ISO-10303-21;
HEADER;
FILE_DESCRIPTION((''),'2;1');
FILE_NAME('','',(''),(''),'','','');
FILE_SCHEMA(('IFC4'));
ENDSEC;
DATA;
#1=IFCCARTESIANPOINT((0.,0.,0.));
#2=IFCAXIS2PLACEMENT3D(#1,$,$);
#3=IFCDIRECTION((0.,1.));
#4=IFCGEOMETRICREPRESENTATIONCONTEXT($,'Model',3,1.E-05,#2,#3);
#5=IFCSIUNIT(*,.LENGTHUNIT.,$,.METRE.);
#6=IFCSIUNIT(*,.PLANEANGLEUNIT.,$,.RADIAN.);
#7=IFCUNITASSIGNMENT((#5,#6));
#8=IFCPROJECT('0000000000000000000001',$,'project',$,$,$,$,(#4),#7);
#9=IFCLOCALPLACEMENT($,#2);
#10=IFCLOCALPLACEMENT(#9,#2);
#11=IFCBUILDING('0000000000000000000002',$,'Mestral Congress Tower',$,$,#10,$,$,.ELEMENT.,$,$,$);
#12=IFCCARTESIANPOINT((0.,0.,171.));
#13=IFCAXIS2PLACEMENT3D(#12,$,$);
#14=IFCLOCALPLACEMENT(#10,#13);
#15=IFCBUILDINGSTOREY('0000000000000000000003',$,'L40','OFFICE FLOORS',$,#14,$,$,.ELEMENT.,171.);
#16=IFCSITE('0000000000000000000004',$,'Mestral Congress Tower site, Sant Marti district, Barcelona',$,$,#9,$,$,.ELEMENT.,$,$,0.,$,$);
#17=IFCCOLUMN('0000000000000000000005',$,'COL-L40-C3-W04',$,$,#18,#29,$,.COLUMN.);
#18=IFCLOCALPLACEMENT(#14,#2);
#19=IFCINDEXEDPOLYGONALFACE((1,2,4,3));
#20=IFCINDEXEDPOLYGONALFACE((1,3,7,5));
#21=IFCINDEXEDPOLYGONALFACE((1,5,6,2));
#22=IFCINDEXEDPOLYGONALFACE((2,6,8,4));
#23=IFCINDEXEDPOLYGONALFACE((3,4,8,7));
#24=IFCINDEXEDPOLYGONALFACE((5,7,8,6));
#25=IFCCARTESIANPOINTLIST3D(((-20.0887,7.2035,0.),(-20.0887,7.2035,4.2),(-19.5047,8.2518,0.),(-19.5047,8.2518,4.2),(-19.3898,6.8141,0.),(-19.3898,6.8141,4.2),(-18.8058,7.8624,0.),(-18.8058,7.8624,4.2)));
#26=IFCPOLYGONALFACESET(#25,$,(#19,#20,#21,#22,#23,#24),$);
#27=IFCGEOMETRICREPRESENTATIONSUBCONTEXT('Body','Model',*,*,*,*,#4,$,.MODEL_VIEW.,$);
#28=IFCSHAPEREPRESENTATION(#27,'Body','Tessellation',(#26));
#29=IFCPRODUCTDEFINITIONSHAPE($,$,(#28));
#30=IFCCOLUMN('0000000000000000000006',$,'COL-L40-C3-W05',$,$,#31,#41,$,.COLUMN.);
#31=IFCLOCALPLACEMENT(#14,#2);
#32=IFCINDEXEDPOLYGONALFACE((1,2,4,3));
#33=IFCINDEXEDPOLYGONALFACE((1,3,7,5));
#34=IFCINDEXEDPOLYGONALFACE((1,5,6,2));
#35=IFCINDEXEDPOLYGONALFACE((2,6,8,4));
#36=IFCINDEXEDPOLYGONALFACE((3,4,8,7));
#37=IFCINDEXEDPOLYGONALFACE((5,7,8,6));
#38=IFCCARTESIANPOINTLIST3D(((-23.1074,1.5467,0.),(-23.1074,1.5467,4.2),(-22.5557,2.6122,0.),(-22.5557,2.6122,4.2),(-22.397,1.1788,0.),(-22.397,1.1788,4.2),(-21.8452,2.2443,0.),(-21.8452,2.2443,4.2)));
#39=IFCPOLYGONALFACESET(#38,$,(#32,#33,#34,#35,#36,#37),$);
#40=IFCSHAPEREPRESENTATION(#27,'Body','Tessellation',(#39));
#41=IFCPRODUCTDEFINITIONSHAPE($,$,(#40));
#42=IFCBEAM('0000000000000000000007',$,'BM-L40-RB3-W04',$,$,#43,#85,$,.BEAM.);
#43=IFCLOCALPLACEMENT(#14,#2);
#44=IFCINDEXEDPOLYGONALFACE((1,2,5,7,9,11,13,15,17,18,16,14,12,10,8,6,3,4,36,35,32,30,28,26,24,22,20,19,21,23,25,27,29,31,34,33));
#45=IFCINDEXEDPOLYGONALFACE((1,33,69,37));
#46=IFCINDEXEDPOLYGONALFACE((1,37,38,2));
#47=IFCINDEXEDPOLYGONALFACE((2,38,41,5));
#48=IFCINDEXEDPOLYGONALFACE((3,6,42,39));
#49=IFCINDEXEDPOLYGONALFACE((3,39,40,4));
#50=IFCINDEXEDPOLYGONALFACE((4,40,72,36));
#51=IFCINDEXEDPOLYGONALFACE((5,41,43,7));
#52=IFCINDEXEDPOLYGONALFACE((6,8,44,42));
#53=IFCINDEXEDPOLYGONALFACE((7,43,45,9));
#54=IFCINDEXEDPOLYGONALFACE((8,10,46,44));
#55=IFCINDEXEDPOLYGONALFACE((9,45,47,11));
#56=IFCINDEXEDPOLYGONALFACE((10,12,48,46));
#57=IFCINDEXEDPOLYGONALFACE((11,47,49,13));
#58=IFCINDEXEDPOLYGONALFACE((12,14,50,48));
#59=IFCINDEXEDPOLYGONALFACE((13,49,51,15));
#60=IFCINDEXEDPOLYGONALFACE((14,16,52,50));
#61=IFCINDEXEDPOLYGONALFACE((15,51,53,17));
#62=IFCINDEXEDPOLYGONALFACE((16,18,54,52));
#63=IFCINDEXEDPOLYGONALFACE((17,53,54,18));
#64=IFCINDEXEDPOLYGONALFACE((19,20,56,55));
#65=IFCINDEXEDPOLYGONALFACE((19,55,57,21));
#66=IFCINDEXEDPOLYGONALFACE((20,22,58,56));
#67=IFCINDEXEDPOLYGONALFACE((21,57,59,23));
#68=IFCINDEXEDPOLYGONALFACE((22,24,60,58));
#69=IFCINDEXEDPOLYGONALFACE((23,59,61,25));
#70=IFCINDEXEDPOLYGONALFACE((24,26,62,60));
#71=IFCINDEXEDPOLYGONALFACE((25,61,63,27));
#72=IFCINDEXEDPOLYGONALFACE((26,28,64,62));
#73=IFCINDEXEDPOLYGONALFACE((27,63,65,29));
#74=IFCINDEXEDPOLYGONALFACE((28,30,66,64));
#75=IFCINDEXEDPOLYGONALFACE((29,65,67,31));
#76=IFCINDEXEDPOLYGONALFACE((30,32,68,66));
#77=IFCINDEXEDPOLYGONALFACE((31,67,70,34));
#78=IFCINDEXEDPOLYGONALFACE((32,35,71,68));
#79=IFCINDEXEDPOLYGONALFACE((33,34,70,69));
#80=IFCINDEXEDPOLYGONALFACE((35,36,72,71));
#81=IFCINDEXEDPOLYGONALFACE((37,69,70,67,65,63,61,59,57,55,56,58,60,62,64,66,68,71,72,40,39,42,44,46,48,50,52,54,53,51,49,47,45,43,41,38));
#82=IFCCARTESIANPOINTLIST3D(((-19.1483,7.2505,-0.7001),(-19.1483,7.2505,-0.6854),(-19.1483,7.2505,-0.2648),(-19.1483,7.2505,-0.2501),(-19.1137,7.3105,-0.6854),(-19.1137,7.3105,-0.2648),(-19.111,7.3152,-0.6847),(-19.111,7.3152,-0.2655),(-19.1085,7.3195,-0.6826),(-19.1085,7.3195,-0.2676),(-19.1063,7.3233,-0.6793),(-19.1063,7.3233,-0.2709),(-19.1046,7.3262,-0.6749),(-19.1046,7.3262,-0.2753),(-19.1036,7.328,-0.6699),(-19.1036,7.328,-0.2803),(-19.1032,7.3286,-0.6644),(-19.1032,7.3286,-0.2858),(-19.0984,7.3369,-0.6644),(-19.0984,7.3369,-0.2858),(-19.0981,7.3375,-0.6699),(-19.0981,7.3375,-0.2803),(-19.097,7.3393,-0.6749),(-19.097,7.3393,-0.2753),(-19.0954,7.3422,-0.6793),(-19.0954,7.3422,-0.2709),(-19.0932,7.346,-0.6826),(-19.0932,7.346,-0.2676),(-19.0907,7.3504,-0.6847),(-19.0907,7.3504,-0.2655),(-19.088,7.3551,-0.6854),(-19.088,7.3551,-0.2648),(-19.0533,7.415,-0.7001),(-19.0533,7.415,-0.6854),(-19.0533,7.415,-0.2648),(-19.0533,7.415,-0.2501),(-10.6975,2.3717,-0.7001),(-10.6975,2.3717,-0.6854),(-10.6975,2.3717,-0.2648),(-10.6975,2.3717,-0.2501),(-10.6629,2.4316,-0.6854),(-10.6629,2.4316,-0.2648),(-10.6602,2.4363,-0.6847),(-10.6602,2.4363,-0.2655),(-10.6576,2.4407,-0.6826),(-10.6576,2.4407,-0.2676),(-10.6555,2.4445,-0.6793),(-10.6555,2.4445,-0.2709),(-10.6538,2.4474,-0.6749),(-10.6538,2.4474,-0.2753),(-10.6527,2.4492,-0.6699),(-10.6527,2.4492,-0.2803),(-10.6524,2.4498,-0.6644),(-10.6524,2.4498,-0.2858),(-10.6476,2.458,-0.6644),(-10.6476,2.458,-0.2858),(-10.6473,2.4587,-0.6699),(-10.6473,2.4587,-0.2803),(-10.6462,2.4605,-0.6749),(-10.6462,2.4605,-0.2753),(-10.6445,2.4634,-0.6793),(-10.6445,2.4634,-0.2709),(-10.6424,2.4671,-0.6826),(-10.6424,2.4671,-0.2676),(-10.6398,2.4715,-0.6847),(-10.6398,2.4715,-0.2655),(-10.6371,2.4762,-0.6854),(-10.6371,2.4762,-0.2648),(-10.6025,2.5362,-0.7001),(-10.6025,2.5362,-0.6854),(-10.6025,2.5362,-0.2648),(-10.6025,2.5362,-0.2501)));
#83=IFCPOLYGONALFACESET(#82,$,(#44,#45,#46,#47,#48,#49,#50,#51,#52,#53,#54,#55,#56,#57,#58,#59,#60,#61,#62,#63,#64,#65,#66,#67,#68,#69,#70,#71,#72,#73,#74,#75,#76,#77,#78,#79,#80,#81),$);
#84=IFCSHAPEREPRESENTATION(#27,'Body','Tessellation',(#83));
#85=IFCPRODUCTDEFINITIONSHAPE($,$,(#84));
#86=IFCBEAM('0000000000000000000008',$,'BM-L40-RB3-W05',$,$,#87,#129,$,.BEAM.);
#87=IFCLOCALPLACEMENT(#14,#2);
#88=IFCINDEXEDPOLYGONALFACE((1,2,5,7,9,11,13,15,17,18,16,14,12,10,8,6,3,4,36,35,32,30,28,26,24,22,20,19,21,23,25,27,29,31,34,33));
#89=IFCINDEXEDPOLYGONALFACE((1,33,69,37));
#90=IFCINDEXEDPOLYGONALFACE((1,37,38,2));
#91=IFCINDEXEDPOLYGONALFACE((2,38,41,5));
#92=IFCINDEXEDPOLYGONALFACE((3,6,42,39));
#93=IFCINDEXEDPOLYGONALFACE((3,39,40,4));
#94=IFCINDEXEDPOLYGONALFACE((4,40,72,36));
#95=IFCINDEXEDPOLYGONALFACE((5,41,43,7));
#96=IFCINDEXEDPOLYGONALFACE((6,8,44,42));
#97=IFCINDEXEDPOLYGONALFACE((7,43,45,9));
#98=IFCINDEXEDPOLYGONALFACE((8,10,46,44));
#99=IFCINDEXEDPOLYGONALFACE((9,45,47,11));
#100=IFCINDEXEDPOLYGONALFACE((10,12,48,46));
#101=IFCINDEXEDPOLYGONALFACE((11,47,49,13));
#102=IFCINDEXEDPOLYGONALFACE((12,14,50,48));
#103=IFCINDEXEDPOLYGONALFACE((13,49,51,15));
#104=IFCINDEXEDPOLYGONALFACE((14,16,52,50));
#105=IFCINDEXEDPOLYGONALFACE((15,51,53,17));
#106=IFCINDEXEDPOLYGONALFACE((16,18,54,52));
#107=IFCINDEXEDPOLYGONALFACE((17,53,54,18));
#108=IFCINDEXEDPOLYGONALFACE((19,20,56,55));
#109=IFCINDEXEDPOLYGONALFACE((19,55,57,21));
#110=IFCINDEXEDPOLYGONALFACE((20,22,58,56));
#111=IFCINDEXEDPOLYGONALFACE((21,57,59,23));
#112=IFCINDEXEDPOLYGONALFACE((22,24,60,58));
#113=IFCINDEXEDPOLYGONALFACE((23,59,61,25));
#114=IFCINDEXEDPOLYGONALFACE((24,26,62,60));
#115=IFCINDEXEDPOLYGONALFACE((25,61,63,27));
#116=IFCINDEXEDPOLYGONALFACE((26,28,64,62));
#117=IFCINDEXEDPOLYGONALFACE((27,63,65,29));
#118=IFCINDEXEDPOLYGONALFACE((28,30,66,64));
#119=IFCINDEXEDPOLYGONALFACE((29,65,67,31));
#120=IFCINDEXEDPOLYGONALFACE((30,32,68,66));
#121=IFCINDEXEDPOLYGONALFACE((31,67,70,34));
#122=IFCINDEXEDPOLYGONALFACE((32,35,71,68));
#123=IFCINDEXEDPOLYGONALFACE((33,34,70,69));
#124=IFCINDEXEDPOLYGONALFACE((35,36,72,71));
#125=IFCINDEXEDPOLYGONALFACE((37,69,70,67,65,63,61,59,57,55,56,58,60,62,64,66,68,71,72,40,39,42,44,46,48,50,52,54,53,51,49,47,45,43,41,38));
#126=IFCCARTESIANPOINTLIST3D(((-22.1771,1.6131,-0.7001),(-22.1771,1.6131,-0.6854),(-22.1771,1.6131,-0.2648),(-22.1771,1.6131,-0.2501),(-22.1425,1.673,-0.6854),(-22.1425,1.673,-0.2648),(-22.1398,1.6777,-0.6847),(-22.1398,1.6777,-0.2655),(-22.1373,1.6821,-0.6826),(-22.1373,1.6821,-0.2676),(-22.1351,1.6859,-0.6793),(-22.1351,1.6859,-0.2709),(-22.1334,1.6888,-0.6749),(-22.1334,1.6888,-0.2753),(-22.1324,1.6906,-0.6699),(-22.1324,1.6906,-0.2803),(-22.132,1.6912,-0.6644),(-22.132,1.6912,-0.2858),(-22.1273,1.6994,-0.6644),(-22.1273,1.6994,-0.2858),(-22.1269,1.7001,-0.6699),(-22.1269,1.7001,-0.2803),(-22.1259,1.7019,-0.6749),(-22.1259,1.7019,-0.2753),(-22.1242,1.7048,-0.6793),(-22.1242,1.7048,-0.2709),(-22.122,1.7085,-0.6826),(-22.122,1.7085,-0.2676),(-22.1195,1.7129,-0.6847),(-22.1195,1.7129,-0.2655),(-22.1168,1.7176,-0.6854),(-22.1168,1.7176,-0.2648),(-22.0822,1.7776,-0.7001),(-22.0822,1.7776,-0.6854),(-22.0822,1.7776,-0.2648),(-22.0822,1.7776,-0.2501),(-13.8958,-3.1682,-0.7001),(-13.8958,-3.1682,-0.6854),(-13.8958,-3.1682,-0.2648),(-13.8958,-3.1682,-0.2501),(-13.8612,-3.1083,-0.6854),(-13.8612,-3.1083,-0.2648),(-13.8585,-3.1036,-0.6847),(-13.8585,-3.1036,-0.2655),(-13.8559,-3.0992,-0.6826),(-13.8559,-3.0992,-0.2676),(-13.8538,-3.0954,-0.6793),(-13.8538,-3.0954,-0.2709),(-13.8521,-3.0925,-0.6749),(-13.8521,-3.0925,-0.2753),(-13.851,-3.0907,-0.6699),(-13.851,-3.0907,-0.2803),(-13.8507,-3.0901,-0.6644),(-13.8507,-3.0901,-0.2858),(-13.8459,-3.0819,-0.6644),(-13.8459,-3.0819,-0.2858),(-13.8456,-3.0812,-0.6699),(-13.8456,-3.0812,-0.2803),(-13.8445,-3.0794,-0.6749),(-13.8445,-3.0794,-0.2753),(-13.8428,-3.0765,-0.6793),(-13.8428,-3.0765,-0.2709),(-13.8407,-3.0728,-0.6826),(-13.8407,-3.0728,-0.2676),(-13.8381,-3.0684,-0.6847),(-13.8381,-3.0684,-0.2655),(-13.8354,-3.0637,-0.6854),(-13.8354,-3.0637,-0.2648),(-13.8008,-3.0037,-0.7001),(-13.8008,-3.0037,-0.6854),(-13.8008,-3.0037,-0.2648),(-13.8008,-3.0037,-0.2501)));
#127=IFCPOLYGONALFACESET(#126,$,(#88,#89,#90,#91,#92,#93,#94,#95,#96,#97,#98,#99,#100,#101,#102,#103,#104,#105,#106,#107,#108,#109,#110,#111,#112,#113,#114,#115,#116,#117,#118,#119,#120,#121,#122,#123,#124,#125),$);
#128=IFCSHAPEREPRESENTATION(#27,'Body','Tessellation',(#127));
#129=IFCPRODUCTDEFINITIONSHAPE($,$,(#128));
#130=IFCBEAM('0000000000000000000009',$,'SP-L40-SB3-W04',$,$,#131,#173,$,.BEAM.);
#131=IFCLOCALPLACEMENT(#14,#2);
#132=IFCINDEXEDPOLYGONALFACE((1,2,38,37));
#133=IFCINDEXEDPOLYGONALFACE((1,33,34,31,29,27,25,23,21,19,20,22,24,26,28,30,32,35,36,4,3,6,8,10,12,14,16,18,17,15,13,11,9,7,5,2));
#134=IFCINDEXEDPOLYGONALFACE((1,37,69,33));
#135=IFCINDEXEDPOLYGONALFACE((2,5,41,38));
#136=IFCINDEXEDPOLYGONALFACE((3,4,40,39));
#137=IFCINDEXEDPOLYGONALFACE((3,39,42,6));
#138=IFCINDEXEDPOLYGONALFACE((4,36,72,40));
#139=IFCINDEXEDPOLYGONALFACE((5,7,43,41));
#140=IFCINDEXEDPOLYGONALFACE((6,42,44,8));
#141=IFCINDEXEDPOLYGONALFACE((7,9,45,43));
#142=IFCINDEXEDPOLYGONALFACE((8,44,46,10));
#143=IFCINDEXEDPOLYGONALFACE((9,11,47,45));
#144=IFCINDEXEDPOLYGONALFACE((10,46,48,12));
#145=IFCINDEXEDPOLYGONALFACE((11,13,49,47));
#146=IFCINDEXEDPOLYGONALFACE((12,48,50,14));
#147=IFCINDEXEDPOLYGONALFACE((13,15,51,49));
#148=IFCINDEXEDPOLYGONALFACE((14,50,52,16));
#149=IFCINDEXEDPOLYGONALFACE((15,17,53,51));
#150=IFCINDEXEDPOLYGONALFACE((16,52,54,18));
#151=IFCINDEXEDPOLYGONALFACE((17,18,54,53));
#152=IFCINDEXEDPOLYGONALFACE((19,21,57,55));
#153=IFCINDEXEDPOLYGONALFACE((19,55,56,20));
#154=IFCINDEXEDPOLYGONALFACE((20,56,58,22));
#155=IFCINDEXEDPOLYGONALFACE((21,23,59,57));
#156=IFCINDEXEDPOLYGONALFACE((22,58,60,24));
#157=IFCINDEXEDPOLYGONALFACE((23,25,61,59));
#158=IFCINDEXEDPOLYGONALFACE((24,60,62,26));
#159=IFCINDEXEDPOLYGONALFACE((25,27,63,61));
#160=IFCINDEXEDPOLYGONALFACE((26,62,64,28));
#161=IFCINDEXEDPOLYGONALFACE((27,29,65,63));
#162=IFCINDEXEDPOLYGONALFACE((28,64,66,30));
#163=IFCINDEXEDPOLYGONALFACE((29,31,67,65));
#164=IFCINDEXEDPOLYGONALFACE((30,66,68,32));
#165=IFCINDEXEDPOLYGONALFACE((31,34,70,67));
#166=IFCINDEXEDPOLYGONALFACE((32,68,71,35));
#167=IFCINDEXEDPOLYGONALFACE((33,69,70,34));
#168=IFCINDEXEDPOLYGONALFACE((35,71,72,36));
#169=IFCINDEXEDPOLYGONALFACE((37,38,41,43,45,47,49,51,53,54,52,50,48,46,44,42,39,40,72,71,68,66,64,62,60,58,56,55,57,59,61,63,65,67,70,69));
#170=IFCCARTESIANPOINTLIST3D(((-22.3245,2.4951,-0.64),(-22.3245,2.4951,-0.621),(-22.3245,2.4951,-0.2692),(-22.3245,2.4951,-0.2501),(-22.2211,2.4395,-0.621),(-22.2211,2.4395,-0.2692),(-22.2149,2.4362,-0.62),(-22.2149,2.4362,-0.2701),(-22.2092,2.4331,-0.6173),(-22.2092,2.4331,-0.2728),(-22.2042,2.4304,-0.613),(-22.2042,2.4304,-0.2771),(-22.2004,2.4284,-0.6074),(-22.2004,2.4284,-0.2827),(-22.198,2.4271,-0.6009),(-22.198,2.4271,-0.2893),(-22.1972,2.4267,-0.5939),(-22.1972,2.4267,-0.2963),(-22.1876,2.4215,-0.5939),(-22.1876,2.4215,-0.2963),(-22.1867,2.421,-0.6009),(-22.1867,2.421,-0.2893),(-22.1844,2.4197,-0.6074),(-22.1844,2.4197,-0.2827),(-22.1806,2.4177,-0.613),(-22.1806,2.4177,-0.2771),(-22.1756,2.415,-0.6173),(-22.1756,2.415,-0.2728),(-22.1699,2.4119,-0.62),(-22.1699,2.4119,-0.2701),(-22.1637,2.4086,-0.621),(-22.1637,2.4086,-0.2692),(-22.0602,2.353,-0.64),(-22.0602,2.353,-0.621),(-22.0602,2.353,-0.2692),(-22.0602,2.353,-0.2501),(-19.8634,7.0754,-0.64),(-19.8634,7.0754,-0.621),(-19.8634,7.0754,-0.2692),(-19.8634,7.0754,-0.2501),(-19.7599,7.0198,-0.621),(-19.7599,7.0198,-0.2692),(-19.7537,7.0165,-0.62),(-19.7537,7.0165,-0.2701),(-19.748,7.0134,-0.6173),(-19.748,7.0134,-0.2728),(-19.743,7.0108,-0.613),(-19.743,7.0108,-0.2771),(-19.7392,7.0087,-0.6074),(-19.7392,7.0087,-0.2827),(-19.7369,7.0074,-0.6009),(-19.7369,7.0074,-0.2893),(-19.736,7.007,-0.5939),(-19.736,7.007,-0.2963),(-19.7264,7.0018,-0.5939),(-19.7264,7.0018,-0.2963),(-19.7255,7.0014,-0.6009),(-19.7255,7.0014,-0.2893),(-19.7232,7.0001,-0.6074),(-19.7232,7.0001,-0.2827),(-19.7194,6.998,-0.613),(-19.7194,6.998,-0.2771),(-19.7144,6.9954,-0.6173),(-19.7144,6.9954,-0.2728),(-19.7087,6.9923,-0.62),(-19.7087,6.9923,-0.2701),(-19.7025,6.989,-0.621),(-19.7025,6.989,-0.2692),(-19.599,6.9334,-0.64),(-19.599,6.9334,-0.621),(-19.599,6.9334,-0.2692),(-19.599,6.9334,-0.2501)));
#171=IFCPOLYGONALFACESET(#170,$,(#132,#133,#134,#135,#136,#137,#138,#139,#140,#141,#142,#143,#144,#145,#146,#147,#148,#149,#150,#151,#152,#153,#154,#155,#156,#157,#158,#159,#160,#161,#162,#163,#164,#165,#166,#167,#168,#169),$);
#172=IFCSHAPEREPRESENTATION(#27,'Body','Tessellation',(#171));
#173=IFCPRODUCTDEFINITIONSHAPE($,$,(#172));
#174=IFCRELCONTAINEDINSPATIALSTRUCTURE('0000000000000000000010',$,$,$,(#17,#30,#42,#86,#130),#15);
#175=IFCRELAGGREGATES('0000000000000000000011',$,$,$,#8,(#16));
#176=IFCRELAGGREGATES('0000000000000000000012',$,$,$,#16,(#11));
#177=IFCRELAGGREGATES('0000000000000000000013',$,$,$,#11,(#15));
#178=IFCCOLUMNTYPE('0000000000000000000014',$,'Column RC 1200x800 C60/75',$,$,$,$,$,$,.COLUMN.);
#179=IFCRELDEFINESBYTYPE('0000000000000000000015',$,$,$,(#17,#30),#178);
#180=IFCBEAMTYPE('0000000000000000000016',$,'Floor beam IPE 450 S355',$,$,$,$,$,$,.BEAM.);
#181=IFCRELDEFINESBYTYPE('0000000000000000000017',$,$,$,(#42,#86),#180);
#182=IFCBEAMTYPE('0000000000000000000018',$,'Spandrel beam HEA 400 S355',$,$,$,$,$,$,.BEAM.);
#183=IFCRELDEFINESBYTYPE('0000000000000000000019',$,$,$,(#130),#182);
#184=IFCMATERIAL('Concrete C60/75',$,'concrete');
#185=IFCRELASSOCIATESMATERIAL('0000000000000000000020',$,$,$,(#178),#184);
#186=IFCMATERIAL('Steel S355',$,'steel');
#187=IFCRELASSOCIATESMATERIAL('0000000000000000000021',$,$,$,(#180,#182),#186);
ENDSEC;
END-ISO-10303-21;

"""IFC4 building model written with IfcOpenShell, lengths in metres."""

from ifc_helpers import new_model, si_unit, direction, frame, origin, origin_2d, place, context, subcontext, project, spatial, rectangle, i_section, extrude, material, material_profile, profile_set, type_object, element, save


model = new_model("IFC4")

# Units and contexts
model_context = context("Model", 3, precision=1e-05, world=origin(), true_north=direction((0.0, 1.0)))
body_context = subcontext(model_context, "Body", "Model", "MODEL_VIEW")
ifc_project = project(units=[si_unit("LENGTHUNIT", "METRE"), si_unit("PLANEANGLEUNIT", "RADIAN")], contexts=[model_context])

# Site, building, storey
site_placement = place(None, origin())
site = spatial("IfcSite", under=ifc_project, at=site_placement, Name="Mestral Congress Tower site, Sant Marti district, Barcelona", CompositionType="ELEMENT", RefElevation=0.0)
building_placement = place(site_placement, origin())
building = spatial("IfcBuilding", under=site, at=building_placement, Name="Mestral Congress Tower", CompositionType="ELEMENT")
storey_placement = place(building_placement, frame((0.0, 0.0, 171.0)))
storey = spatial("IfcBuildingStorey", under=building, at=storey_placement, Name="L40", Description="OFFICE FLOORS", CompositionType="ELEMENT", Elevation=171.0)

# Columns
ifc_material_1 = material(Name="Concrete C60/75", Category="concrete")
ifc_material_profile_1 = material_profile(ifc_material_1, rectangle(XDim=1.2, YDim=0.8, at=origin_2d()), Name="RC 1200x800")
ifc_profile_set_1 = profile_set([ifc_material_profile_1], Name="Concrete C60/75")
column_type = type_object("IfcColumnType", Name="Column RC 1200x800 C60/75", PredefinedType="COLUMN", material=ifc_profile_set_1)
for number, where, z_axis, x_axis, name in (
    (1, (-19.4473, 7.533, 0.0), (0.0, 0.0, 1.0), (-0.486724, -0.873556, 0.0), "COL-L40-C3-W04"),
    (2, (-22.4763, 1.8955, 0.0), (0.0, 0.0, 1.0), (-0.459837, -0.888003, 0.0), "COL-L40-C3-W05"),
):
    element("IfcColumn", number, at=place(storey_placement, frame(where, z_axis=z_axis, x_axis=x_axis)), inside=storey, type_object=column_type, Name=name, PredefinedType="COLUMN", context=body_context, shape_type="SweptSolid", body=[
        extrude(rectangle(XDim=1.2, YDim=0.8, at=origin_2d()), origin(), (0.0, 0.0, 1.0), 4.2),
    ])

# Beams
ifc_material_2 = material(Name="Steel S355", Category="steel")
ifc_material_profile_2 = material_profile(ifc_material_2, i_section(OverallWidth=0.1899, OverallDepth=0.45, WebThickness=0.0095, FlangeThickness=0.0146, FilletRadius=0.021, at=origin_2d()), Name="IPE 450")
ifc_profile_set_2 = profile_set([ifc_material_profile_2], Name="Steel S355")
beam_type_1 = type_object("IfcBeamType", Name="Floor beam IPE 450 S355", PredefinedType="BEAM", material=ifc_profile_set_2)
beam_1_placement = place(storey_placement, frame((-19.1008, 7.3328, -0.4751), z_axis=(0.866036, -0.499982, 0.0), x_axis=(0.499982, 0.866036, 0.0)))
element("IfcBeam", 3, at=beam_1_placement, inside=storey, type_object=beam_type_1, Name="BM-L40-RB3-W04", PredefinedType="BEAM", context=body_context, shape_type="SweptSolid", body=[
    extrude(i_section(OverallWidth=0.1899, OverallDepth=0.45, WebThickness=0.0095, FlangeThickness=0.0146, FilletRadius=0.021, at=origin_2d()), origin(), (0.0, 0.0, 1.0), 9.7581),
])
beam_2_placement = place(storey_placement, frame((-22.1296, 1.6953, -0.4751), z_axis=(0.866022, -0.500005, 0.0), x_axis=(0.500005, 0.866022, 0.0)))
element("IfcBeam", 4, at=beam_2_placement, inside=storey, type_object=beam_type_1, Name="BM-L40-RB3-W05", PredefinedType="BEAM", context=body_context, shape_type="SweptSolid", body=[
    extrude(i_section(OverallWidth=0.1899, OverallDepth=0.45, WebThickness=0.0095, FlangeThickness=0.0146, FilletRadius=0.021, at=origin_2d()), origin(), (0.0, 0.0, 1.0), 9.5625),
])
ifc_material_profile_3 = material_profile(ifc_material_2, i_section(OverallWidth=0.3, OverallDepth=0.3899, WebThickness=0.011, FlangeThickness=0.019, FilletRadius=0.0271, at=origin_2d()), Name="HEA 400")
ifc_profile_set_3 = profile_set([ifc_material_profile_3], Name="Steel S355")
beam_type_2 = type_object("IfcBeamType", Name="Spandrel beam HEA 400 S355", PredefinedType="BEAM", material=ifc_profile_set_3)
beam_3_placement = place(storey_placement, frame((-19.7312, 7.0044, -0.4451), z_axis=(-0.473332, -0.880884, 0.0), x_axis=(0.880884, -0.473332, 0.0)))
element("IfcBeam", 5, at=beam_3_placement, inside=storey, type_object=beam_type_2, Name="SP-L40-SB3-W04", PredefinedType="BEAM", context=body_context, shape_type="SweptSolid", body=[
    extrude(i_section(OverallWidth=0.3, OverallDepth=0.3899, WebThickness=0.011, FlangeThickness=0.019, FilletRadius=0.0271, at=origin_2d()), origin(), (0.0, 0.0, 1.0), 5.1997),
])

save(model, "model.ifc")
